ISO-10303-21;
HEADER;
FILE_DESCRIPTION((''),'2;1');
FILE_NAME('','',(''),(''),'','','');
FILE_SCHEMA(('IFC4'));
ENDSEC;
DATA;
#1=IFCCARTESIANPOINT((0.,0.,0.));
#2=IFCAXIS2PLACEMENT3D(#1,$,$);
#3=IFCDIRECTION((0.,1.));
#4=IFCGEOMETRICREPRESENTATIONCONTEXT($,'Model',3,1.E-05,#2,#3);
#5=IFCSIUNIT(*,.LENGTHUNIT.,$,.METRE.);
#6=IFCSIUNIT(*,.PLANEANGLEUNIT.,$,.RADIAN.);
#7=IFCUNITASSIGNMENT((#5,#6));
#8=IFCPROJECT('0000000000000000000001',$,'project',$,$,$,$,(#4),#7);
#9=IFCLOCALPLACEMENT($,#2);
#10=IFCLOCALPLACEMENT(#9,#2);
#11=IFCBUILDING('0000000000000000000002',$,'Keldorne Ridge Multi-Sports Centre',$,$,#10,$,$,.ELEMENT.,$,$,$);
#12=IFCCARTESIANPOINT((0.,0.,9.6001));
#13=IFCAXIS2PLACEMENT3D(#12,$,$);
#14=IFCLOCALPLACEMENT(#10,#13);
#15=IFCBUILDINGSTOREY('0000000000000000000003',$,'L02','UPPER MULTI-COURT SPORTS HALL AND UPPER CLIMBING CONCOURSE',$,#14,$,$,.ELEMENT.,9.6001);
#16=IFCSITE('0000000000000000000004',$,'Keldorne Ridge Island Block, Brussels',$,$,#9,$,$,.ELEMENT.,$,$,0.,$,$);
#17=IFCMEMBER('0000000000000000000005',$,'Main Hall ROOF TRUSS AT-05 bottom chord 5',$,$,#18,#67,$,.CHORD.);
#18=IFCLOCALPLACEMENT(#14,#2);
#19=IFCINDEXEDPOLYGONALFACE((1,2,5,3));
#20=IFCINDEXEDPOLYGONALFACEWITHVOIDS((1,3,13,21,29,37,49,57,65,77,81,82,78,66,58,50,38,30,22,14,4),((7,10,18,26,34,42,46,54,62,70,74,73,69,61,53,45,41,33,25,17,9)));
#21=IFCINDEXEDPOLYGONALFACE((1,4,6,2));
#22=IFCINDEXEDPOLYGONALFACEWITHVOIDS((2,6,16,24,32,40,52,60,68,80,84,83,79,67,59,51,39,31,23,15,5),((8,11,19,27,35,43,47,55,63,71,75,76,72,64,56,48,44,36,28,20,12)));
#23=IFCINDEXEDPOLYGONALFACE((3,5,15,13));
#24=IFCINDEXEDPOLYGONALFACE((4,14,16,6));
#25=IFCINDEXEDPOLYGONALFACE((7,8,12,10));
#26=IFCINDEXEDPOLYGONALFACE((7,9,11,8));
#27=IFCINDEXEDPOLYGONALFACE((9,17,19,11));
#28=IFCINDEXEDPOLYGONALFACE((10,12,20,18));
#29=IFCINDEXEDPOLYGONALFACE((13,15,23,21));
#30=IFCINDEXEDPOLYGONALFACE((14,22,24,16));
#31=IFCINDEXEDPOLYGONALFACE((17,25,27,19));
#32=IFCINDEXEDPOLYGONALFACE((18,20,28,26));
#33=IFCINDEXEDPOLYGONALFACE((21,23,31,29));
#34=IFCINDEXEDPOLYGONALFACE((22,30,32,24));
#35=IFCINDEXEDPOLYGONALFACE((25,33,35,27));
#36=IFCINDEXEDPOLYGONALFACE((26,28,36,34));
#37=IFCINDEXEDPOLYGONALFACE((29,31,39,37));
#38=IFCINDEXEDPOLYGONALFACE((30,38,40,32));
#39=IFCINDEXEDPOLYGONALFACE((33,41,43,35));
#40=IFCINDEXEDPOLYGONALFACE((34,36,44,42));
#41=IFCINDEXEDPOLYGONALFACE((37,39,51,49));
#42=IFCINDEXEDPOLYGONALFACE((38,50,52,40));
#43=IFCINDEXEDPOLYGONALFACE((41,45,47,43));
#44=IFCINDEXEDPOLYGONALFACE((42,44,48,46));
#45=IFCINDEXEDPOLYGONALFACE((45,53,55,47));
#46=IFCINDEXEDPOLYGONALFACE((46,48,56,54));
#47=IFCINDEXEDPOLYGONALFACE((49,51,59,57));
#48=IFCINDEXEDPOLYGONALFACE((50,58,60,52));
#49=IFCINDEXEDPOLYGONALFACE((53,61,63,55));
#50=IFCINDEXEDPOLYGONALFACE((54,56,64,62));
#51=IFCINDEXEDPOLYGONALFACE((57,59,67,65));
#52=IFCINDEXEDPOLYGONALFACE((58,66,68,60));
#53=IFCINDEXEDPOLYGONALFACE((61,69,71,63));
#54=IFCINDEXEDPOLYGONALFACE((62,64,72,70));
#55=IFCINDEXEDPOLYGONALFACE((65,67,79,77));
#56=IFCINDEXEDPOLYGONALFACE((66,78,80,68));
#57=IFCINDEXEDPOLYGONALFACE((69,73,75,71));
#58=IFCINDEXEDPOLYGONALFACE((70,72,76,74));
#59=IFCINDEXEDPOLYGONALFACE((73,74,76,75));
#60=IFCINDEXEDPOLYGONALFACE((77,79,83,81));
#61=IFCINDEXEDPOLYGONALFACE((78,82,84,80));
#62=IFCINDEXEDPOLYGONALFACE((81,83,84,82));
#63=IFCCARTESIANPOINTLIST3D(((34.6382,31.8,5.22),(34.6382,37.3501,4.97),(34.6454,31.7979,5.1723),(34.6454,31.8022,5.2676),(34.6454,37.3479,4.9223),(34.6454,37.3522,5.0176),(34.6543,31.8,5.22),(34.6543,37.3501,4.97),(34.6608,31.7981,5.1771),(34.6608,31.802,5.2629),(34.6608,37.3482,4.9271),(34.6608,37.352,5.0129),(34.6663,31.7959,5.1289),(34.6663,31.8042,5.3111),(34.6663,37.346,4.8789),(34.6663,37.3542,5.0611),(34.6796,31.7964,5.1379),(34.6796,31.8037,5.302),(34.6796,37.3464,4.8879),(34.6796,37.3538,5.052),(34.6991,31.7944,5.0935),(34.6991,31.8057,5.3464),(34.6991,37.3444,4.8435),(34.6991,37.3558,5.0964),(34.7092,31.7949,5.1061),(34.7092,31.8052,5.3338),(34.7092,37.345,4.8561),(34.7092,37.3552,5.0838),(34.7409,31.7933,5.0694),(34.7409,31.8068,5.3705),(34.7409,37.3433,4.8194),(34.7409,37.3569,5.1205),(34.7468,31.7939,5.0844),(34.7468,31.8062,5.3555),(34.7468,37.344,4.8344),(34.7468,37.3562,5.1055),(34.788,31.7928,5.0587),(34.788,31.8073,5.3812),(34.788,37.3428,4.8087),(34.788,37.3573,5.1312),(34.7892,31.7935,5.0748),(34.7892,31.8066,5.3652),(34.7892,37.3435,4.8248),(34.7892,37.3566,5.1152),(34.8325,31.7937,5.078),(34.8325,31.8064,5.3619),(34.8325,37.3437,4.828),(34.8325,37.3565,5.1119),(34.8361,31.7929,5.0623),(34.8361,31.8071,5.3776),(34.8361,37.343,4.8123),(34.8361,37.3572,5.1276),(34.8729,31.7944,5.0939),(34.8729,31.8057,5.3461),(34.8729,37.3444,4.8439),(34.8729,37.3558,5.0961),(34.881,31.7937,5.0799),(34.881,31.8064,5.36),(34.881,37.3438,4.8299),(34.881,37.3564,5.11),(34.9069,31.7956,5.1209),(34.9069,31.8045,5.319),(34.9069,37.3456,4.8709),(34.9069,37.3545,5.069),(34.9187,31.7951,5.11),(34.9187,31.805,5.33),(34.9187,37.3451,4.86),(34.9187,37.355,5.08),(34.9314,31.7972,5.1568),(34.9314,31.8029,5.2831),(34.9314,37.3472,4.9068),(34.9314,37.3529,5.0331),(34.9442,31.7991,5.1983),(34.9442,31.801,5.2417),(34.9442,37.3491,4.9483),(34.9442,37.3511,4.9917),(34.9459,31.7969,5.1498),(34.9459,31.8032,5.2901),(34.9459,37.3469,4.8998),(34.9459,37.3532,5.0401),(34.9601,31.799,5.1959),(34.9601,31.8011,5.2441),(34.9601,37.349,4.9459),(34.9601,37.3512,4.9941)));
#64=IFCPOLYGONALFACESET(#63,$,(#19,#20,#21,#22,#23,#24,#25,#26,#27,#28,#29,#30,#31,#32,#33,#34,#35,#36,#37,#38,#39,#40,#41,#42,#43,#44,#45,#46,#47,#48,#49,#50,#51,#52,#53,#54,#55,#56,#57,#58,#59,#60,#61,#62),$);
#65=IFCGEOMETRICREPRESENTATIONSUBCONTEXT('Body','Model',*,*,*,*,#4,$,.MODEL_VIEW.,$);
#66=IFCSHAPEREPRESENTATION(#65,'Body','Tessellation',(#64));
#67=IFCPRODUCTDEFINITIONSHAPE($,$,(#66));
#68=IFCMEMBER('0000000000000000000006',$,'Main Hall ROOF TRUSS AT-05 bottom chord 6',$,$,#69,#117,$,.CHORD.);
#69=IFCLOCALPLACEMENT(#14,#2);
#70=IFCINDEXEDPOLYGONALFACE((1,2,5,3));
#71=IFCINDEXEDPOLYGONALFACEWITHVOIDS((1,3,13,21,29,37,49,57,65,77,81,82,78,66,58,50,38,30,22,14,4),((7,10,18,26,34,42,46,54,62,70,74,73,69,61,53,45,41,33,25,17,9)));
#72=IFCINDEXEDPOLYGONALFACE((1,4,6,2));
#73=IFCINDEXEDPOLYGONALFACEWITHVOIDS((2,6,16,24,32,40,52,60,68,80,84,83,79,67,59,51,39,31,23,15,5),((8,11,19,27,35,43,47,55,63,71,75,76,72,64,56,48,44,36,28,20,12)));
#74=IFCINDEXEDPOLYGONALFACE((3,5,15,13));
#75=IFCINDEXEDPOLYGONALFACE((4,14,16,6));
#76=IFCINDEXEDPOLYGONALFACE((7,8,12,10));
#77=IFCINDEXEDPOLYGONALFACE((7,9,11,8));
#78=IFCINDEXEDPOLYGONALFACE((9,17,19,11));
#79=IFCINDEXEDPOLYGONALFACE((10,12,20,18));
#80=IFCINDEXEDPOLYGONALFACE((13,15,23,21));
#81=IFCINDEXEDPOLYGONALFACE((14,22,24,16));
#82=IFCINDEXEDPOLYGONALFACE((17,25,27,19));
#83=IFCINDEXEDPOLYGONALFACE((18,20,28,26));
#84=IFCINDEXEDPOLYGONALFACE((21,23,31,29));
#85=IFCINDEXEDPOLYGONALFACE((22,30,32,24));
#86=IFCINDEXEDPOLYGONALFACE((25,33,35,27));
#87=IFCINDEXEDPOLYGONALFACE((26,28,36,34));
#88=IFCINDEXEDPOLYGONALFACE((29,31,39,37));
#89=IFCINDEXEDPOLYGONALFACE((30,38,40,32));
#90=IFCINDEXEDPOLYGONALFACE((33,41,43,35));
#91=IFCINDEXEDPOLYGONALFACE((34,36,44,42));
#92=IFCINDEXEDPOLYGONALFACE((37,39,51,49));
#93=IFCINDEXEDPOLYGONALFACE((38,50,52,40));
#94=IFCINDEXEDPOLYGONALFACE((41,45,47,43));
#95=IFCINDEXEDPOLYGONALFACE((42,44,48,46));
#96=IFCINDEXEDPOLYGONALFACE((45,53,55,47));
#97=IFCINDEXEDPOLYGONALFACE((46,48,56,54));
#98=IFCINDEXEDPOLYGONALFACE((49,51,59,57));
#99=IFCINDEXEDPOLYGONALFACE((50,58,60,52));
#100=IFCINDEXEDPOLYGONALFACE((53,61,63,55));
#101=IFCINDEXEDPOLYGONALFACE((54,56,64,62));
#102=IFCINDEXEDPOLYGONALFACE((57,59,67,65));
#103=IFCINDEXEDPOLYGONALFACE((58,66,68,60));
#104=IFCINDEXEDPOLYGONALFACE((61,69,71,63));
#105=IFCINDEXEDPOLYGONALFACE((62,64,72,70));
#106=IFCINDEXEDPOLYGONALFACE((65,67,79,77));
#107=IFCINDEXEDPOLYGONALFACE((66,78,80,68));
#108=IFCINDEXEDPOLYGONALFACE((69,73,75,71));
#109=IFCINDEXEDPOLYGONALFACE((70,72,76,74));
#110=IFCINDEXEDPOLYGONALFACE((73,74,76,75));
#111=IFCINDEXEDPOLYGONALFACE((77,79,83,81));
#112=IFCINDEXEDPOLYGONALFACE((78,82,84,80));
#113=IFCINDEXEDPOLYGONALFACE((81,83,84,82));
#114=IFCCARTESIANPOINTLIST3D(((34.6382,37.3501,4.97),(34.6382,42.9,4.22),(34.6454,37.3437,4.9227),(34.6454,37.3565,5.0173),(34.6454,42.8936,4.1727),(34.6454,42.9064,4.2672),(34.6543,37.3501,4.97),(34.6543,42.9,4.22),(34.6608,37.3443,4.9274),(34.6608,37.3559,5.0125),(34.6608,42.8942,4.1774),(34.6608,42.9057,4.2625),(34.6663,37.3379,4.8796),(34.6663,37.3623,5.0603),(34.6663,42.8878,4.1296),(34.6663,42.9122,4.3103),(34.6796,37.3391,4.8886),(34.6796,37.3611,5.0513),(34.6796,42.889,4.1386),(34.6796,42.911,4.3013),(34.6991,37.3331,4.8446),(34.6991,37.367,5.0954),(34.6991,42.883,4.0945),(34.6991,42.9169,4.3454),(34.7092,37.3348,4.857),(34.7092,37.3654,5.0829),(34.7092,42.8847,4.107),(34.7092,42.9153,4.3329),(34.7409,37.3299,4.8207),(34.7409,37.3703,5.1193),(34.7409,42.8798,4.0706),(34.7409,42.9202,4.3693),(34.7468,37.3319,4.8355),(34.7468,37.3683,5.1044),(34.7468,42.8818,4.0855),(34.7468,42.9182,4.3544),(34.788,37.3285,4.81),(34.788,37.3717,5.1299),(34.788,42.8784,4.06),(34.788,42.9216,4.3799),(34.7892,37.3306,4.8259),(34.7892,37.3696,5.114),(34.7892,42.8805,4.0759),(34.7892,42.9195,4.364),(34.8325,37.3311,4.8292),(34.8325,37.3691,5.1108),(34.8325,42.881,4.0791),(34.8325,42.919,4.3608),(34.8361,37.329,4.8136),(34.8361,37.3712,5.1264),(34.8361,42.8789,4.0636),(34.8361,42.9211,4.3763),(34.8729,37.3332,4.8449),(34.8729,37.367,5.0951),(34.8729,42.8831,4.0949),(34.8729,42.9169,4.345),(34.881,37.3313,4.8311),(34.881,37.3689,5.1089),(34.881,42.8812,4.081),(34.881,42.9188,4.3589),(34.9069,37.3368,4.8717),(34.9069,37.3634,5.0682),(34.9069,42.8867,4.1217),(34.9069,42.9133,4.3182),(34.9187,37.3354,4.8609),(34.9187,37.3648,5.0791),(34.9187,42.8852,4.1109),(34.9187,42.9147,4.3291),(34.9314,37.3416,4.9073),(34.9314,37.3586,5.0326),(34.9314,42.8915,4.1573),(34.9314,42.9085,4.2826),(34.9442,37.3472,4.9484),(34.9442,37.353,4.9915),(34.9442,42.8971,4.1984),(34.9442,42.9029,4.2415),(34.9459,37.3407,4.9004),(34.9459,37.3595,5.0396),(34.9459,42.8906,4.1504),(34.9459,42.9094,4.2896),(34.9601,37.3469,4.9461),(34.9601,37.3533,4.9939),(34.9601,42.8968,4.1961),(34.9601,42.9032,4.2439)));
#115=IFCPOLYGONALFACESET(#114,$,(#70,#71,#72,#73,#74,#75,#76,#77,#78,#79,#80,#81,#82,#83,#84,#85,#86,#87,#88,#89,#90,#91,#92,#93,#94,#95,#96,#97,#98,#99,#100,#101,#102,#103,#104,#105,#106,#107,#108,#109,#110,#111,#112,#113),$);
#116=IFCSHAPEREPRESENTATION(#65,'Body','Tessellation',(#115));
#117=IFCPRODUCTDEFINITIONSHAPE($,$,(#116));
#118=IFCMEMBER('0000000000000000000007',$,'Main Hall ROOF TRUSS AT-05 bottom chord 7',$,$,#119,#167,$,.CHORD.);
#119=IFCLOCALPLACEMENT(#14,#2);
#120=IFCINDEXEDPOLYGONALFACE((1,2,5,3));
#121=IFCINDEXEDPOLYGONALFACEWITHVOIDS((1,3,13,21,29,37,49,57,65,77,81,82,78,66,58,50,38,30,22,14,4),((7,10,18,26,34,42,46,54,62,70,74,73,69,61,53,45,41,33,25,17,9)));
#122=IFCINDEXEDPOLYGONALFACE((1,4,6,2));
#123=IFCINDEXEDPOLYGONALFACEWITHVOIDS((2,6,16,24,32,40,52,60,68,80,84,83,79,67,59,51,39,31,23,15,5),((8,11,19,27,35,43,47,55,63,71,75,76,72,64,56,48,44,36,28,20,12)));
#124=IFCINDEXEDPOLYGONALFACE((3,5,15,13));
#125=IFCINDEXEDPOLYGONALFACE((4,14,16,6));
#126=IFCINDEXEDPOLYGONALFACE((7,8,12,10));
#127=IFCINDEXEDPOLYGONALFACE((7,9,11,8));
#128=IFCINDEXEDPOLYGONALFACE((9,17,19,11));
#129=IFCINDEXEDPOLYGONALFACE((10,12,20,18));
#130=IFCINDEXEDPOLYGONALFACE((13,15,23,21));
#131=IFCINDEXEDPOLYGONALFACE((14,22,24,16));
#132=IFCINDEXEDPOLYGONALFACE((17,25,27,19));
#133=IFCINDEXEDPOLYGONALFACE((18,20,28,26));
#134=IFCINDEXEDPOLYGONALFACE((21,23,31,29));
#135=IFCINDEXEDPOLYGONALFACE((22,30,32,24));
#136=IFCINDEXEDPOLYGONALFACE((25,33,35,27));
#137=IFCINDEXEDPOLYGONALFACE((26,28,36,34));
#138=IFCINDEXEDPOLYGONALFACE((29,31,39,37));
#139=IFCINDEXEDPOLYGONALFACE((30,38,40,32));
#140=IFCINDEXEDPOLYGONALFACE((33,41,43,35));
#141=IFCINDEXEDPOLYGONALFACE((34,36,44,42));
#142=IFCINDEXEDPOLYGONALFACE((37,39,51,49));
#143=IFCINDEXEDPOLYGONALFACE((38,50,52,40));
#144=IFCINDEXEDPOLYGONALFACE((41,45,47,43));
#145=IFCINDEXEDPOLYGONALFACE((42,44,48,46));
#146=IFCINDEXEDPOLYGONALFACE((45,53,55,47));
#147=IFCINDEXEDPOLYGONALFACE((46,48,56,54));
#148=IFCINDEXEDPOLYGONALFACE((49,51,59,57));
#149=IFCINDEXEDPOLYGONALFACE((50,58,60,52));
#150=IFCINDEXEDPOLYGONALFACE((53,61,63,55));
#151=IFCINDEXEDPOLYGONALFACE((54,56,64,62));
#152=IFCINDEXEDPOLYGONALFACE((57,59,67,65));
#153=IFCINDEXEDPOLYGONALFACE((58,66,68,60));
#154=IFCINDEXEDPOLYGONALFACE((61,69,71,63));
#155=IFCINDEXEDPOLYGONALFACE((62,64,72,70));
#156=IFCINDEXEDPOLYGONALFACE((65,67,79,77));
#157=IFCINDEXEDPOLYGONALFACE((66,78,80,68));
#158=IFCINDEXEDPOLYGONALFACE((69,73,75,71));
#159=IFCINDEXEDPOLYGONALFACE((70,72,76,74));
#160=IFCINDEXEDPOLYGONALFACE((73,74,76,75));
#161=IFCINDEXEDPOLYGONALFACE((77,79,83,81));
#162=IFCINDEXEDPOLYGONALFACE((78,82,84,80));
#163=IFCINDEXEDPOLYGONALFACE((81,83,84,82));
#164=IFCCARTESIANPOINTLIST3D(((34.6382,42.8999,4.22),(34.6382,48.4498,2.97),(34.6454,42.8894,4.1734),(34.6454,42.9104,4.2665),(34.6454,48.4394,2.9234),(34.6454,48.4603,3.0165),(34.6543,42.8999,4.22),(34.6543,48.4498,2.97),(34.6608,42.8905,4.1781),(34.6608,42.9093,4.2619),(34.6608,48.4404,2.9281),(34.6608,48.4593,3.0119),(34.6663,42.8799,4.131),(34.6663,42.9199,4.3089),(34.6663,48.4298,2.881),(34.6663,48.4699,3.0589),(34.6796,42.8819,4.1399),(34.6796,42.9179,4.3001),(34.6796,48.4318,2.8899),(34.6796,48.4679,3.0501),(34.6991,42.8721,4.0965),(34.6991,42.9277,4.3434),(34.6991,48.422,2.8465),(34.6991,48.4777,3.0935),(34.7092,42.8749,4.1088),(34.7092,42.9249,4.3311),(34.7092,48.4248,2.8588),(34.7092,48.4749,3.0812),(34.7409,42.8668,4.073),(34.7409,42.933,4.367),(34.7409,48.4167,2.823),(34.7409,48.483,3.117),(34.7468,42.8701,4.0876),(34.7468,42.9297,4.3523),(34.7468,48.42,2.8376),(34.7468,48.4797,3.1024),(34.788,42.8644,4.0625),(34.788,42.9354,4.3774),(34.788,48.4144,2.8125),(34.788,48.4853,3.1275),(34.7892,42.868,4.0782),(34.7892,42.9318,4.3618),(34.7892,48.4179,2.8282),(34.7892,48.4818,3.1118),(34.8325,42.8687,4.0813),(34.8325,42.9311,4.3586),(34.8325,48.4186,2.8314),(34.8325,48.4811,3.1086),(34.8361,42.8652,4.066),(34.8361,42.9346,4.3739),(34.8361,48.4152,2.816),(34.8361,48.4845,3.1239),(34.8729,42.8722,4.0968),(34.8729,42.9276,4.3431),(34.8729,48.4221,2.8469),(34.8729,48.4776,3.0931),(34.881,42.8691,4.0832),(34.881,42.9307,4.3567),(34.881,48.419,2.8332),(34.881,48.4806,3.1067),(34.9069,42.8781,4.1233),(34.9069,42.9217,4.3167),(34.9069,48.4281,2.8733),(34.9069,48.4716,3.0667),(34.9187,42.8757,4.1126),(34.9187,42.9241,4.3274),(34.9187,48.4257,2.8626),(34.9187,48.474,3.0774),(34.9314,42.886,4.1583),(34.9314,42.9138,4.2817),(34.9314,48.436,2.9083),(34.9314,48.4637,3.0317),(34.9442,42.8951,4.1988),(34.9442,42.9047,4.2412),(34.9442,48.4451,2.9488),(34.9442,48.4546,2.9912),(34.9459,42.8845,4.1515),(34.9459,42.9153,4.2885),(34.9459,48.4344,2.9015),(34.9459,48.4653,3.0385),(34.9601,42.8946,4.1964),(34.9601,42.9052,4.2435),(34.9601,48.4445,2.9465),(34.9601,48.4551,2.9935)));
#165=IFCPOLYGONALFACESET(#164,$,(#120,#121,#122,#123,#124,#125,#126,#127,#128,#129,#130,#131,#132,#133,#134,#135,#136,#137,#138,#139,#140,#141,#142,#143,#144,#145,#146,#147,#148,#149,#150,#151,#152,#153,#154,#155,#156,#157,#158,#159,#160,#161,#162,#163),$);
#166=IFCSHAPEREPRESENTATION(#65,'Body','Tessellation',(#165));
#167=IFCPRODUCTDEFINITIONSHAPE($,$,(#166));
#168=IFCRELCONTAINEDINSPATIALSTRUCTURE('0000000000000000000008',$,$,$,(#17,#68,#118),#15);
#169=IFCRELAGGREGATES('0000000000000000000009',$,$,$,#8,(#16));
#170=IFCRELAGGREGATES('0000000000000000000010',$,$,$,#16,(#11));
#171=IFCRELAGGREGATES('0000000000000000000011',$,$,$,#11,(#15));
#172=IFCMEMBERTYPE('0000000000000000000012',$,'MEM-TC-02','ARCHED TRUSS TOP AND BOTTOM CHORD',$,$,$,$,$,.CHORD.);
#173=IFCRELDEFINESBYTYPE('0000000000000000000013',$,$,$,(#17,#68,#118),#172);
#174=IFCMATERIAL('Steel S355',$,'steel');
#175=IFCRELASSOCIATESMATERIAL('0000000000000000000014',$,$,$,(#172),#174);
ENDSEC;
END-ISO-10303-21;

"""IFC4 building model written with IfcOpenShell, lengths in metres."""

from ifc_helpers import new_model, si_unit, direction, frame, origin, origin_2d, place, context, subcontext, project, spatial, hollow_circle, extrude, material, material_profile, profile_set, type_object, element, save


model = new_model("IFC4")

# Units and contexts
model_context = context("Model", 3, precision=1e-05, world=origin(), true_north=direction((0.0, 1.0)))
body_context = subcontext(model_context, "Body", "Model", "MODEL_VIEW")
ifc_project = project(units=[si_unit("LENGTHUNIT", "METRE"), si_unit("PLANEANGLEUNIT", "RADIAN")], contexts=[model_context])

# Site, building, storey
site_placement = place(None, origin())
site = spatial("IfcSite", under=ifc_project, at=site_placement, Name="Keldorne Ridge Island Block, Brussels", CompositionType="ELEMENT", RefElevation=0.0)
building_placement = place(site_placement, origin())
building = spatial("IfcBuilding", under=site, at=building_placement, Name="Keldorne Ridge Multi-Sports Centre", CompositionType="ELEMENT")
storey_placement = place(building_placement, frame((0.0, 0.0, 9.6001)))
storey = spatial("IfcBuildingStorey", under=building, at=storey_placement, Name="L02", Description="UPPER MULTI-COURT SPORTS HALL AND UPPER CLIMBING CONCOURSE", CompositionType="ELEMENT", Elevation=9.6001)

# Members
ifc_material = material(Name="Steel S355", Category="steel")
ifc_material_profile_1 = material_profile(ifc_material, hollow_circle(Radius=0.1619, WallThickness=0.0161, at=origin_2d()), Name="CHS 323.9x16")
ifc_profile_set_1 = profile_set([ifc_material_profile_1], Name="Steel S355")
member_type_1 = type_object("IfcMemberType", Name="MEM-TC-02", Description="ARCHED TRUSS TOP AND BOTTOM CHORD", PredefinedType="CHORD", material=ifc_profile_set_1)
member_1_placement = place(storey_placement, frame((34.8, 31.8, 5.22), z_axis=(0.0, 0.998987, -0.044999), x_axis=(-1.0, 0.0, 0.0)))
element("IfcMember", 1, at=member_1_placement, inside=storey, type_object=member_type_1, Name="Main Hall ROOF TRUSS AT-05 bottom chord 5", PredefinedType="CHORD", context=body_context, shape_type="SweptSolid", body=[
    extrude(hollow_circle(Radius=0.1619, WallThickness=0.0161, at=origin_2d()), origin(), (0.0, 0.0, 1.0), 5.5557),
])
member_2_placement = place(storey_placement, frame((34.8, 37.3501, 4.97), z_axis=(0.0, 0.990992, -0.133923), x_axis=(-1.0, 0.0, 0.0)))
element("IfcMember", 2, at=member_2_placement, inside=storey, type_object=member_type_1, Name="Main Hall ROOF TRUSS AT-05 bottom chord 6", PredefinedType="CHORD", context=body_context, shape_type="SweptSolid", body=[
    extrude(hollow_circle(Radius=0.1619, WallThickness=0.0161, at=origin_2d()), origin(), (0.0, 0.0, 1.0), 5.6003),
])
member_3_placement = place(storey_placement, frame((34.8, 42.8999, 4.22), z_axis=(0.0, 0.975563, -0.219719), x_axis=(-1.0, 0.0, 0.0)))
element("IfcMember", 3, at=member_3_placement, inside=storey, type_object=member_type_1, Name="Main Hall ROOF TRUSS AT-05 bottom chord 7", PredefinedType="CHORD", context=body_context, shape_type="SweptSolid", body=[
    extrude(hollow_circle(Radius=0.1619, WallThickness=0.0161, at=origin_2d()), origin(), (0.0, 0.0, 1.0), 5.689),
])

save(model, "model.ifc")
